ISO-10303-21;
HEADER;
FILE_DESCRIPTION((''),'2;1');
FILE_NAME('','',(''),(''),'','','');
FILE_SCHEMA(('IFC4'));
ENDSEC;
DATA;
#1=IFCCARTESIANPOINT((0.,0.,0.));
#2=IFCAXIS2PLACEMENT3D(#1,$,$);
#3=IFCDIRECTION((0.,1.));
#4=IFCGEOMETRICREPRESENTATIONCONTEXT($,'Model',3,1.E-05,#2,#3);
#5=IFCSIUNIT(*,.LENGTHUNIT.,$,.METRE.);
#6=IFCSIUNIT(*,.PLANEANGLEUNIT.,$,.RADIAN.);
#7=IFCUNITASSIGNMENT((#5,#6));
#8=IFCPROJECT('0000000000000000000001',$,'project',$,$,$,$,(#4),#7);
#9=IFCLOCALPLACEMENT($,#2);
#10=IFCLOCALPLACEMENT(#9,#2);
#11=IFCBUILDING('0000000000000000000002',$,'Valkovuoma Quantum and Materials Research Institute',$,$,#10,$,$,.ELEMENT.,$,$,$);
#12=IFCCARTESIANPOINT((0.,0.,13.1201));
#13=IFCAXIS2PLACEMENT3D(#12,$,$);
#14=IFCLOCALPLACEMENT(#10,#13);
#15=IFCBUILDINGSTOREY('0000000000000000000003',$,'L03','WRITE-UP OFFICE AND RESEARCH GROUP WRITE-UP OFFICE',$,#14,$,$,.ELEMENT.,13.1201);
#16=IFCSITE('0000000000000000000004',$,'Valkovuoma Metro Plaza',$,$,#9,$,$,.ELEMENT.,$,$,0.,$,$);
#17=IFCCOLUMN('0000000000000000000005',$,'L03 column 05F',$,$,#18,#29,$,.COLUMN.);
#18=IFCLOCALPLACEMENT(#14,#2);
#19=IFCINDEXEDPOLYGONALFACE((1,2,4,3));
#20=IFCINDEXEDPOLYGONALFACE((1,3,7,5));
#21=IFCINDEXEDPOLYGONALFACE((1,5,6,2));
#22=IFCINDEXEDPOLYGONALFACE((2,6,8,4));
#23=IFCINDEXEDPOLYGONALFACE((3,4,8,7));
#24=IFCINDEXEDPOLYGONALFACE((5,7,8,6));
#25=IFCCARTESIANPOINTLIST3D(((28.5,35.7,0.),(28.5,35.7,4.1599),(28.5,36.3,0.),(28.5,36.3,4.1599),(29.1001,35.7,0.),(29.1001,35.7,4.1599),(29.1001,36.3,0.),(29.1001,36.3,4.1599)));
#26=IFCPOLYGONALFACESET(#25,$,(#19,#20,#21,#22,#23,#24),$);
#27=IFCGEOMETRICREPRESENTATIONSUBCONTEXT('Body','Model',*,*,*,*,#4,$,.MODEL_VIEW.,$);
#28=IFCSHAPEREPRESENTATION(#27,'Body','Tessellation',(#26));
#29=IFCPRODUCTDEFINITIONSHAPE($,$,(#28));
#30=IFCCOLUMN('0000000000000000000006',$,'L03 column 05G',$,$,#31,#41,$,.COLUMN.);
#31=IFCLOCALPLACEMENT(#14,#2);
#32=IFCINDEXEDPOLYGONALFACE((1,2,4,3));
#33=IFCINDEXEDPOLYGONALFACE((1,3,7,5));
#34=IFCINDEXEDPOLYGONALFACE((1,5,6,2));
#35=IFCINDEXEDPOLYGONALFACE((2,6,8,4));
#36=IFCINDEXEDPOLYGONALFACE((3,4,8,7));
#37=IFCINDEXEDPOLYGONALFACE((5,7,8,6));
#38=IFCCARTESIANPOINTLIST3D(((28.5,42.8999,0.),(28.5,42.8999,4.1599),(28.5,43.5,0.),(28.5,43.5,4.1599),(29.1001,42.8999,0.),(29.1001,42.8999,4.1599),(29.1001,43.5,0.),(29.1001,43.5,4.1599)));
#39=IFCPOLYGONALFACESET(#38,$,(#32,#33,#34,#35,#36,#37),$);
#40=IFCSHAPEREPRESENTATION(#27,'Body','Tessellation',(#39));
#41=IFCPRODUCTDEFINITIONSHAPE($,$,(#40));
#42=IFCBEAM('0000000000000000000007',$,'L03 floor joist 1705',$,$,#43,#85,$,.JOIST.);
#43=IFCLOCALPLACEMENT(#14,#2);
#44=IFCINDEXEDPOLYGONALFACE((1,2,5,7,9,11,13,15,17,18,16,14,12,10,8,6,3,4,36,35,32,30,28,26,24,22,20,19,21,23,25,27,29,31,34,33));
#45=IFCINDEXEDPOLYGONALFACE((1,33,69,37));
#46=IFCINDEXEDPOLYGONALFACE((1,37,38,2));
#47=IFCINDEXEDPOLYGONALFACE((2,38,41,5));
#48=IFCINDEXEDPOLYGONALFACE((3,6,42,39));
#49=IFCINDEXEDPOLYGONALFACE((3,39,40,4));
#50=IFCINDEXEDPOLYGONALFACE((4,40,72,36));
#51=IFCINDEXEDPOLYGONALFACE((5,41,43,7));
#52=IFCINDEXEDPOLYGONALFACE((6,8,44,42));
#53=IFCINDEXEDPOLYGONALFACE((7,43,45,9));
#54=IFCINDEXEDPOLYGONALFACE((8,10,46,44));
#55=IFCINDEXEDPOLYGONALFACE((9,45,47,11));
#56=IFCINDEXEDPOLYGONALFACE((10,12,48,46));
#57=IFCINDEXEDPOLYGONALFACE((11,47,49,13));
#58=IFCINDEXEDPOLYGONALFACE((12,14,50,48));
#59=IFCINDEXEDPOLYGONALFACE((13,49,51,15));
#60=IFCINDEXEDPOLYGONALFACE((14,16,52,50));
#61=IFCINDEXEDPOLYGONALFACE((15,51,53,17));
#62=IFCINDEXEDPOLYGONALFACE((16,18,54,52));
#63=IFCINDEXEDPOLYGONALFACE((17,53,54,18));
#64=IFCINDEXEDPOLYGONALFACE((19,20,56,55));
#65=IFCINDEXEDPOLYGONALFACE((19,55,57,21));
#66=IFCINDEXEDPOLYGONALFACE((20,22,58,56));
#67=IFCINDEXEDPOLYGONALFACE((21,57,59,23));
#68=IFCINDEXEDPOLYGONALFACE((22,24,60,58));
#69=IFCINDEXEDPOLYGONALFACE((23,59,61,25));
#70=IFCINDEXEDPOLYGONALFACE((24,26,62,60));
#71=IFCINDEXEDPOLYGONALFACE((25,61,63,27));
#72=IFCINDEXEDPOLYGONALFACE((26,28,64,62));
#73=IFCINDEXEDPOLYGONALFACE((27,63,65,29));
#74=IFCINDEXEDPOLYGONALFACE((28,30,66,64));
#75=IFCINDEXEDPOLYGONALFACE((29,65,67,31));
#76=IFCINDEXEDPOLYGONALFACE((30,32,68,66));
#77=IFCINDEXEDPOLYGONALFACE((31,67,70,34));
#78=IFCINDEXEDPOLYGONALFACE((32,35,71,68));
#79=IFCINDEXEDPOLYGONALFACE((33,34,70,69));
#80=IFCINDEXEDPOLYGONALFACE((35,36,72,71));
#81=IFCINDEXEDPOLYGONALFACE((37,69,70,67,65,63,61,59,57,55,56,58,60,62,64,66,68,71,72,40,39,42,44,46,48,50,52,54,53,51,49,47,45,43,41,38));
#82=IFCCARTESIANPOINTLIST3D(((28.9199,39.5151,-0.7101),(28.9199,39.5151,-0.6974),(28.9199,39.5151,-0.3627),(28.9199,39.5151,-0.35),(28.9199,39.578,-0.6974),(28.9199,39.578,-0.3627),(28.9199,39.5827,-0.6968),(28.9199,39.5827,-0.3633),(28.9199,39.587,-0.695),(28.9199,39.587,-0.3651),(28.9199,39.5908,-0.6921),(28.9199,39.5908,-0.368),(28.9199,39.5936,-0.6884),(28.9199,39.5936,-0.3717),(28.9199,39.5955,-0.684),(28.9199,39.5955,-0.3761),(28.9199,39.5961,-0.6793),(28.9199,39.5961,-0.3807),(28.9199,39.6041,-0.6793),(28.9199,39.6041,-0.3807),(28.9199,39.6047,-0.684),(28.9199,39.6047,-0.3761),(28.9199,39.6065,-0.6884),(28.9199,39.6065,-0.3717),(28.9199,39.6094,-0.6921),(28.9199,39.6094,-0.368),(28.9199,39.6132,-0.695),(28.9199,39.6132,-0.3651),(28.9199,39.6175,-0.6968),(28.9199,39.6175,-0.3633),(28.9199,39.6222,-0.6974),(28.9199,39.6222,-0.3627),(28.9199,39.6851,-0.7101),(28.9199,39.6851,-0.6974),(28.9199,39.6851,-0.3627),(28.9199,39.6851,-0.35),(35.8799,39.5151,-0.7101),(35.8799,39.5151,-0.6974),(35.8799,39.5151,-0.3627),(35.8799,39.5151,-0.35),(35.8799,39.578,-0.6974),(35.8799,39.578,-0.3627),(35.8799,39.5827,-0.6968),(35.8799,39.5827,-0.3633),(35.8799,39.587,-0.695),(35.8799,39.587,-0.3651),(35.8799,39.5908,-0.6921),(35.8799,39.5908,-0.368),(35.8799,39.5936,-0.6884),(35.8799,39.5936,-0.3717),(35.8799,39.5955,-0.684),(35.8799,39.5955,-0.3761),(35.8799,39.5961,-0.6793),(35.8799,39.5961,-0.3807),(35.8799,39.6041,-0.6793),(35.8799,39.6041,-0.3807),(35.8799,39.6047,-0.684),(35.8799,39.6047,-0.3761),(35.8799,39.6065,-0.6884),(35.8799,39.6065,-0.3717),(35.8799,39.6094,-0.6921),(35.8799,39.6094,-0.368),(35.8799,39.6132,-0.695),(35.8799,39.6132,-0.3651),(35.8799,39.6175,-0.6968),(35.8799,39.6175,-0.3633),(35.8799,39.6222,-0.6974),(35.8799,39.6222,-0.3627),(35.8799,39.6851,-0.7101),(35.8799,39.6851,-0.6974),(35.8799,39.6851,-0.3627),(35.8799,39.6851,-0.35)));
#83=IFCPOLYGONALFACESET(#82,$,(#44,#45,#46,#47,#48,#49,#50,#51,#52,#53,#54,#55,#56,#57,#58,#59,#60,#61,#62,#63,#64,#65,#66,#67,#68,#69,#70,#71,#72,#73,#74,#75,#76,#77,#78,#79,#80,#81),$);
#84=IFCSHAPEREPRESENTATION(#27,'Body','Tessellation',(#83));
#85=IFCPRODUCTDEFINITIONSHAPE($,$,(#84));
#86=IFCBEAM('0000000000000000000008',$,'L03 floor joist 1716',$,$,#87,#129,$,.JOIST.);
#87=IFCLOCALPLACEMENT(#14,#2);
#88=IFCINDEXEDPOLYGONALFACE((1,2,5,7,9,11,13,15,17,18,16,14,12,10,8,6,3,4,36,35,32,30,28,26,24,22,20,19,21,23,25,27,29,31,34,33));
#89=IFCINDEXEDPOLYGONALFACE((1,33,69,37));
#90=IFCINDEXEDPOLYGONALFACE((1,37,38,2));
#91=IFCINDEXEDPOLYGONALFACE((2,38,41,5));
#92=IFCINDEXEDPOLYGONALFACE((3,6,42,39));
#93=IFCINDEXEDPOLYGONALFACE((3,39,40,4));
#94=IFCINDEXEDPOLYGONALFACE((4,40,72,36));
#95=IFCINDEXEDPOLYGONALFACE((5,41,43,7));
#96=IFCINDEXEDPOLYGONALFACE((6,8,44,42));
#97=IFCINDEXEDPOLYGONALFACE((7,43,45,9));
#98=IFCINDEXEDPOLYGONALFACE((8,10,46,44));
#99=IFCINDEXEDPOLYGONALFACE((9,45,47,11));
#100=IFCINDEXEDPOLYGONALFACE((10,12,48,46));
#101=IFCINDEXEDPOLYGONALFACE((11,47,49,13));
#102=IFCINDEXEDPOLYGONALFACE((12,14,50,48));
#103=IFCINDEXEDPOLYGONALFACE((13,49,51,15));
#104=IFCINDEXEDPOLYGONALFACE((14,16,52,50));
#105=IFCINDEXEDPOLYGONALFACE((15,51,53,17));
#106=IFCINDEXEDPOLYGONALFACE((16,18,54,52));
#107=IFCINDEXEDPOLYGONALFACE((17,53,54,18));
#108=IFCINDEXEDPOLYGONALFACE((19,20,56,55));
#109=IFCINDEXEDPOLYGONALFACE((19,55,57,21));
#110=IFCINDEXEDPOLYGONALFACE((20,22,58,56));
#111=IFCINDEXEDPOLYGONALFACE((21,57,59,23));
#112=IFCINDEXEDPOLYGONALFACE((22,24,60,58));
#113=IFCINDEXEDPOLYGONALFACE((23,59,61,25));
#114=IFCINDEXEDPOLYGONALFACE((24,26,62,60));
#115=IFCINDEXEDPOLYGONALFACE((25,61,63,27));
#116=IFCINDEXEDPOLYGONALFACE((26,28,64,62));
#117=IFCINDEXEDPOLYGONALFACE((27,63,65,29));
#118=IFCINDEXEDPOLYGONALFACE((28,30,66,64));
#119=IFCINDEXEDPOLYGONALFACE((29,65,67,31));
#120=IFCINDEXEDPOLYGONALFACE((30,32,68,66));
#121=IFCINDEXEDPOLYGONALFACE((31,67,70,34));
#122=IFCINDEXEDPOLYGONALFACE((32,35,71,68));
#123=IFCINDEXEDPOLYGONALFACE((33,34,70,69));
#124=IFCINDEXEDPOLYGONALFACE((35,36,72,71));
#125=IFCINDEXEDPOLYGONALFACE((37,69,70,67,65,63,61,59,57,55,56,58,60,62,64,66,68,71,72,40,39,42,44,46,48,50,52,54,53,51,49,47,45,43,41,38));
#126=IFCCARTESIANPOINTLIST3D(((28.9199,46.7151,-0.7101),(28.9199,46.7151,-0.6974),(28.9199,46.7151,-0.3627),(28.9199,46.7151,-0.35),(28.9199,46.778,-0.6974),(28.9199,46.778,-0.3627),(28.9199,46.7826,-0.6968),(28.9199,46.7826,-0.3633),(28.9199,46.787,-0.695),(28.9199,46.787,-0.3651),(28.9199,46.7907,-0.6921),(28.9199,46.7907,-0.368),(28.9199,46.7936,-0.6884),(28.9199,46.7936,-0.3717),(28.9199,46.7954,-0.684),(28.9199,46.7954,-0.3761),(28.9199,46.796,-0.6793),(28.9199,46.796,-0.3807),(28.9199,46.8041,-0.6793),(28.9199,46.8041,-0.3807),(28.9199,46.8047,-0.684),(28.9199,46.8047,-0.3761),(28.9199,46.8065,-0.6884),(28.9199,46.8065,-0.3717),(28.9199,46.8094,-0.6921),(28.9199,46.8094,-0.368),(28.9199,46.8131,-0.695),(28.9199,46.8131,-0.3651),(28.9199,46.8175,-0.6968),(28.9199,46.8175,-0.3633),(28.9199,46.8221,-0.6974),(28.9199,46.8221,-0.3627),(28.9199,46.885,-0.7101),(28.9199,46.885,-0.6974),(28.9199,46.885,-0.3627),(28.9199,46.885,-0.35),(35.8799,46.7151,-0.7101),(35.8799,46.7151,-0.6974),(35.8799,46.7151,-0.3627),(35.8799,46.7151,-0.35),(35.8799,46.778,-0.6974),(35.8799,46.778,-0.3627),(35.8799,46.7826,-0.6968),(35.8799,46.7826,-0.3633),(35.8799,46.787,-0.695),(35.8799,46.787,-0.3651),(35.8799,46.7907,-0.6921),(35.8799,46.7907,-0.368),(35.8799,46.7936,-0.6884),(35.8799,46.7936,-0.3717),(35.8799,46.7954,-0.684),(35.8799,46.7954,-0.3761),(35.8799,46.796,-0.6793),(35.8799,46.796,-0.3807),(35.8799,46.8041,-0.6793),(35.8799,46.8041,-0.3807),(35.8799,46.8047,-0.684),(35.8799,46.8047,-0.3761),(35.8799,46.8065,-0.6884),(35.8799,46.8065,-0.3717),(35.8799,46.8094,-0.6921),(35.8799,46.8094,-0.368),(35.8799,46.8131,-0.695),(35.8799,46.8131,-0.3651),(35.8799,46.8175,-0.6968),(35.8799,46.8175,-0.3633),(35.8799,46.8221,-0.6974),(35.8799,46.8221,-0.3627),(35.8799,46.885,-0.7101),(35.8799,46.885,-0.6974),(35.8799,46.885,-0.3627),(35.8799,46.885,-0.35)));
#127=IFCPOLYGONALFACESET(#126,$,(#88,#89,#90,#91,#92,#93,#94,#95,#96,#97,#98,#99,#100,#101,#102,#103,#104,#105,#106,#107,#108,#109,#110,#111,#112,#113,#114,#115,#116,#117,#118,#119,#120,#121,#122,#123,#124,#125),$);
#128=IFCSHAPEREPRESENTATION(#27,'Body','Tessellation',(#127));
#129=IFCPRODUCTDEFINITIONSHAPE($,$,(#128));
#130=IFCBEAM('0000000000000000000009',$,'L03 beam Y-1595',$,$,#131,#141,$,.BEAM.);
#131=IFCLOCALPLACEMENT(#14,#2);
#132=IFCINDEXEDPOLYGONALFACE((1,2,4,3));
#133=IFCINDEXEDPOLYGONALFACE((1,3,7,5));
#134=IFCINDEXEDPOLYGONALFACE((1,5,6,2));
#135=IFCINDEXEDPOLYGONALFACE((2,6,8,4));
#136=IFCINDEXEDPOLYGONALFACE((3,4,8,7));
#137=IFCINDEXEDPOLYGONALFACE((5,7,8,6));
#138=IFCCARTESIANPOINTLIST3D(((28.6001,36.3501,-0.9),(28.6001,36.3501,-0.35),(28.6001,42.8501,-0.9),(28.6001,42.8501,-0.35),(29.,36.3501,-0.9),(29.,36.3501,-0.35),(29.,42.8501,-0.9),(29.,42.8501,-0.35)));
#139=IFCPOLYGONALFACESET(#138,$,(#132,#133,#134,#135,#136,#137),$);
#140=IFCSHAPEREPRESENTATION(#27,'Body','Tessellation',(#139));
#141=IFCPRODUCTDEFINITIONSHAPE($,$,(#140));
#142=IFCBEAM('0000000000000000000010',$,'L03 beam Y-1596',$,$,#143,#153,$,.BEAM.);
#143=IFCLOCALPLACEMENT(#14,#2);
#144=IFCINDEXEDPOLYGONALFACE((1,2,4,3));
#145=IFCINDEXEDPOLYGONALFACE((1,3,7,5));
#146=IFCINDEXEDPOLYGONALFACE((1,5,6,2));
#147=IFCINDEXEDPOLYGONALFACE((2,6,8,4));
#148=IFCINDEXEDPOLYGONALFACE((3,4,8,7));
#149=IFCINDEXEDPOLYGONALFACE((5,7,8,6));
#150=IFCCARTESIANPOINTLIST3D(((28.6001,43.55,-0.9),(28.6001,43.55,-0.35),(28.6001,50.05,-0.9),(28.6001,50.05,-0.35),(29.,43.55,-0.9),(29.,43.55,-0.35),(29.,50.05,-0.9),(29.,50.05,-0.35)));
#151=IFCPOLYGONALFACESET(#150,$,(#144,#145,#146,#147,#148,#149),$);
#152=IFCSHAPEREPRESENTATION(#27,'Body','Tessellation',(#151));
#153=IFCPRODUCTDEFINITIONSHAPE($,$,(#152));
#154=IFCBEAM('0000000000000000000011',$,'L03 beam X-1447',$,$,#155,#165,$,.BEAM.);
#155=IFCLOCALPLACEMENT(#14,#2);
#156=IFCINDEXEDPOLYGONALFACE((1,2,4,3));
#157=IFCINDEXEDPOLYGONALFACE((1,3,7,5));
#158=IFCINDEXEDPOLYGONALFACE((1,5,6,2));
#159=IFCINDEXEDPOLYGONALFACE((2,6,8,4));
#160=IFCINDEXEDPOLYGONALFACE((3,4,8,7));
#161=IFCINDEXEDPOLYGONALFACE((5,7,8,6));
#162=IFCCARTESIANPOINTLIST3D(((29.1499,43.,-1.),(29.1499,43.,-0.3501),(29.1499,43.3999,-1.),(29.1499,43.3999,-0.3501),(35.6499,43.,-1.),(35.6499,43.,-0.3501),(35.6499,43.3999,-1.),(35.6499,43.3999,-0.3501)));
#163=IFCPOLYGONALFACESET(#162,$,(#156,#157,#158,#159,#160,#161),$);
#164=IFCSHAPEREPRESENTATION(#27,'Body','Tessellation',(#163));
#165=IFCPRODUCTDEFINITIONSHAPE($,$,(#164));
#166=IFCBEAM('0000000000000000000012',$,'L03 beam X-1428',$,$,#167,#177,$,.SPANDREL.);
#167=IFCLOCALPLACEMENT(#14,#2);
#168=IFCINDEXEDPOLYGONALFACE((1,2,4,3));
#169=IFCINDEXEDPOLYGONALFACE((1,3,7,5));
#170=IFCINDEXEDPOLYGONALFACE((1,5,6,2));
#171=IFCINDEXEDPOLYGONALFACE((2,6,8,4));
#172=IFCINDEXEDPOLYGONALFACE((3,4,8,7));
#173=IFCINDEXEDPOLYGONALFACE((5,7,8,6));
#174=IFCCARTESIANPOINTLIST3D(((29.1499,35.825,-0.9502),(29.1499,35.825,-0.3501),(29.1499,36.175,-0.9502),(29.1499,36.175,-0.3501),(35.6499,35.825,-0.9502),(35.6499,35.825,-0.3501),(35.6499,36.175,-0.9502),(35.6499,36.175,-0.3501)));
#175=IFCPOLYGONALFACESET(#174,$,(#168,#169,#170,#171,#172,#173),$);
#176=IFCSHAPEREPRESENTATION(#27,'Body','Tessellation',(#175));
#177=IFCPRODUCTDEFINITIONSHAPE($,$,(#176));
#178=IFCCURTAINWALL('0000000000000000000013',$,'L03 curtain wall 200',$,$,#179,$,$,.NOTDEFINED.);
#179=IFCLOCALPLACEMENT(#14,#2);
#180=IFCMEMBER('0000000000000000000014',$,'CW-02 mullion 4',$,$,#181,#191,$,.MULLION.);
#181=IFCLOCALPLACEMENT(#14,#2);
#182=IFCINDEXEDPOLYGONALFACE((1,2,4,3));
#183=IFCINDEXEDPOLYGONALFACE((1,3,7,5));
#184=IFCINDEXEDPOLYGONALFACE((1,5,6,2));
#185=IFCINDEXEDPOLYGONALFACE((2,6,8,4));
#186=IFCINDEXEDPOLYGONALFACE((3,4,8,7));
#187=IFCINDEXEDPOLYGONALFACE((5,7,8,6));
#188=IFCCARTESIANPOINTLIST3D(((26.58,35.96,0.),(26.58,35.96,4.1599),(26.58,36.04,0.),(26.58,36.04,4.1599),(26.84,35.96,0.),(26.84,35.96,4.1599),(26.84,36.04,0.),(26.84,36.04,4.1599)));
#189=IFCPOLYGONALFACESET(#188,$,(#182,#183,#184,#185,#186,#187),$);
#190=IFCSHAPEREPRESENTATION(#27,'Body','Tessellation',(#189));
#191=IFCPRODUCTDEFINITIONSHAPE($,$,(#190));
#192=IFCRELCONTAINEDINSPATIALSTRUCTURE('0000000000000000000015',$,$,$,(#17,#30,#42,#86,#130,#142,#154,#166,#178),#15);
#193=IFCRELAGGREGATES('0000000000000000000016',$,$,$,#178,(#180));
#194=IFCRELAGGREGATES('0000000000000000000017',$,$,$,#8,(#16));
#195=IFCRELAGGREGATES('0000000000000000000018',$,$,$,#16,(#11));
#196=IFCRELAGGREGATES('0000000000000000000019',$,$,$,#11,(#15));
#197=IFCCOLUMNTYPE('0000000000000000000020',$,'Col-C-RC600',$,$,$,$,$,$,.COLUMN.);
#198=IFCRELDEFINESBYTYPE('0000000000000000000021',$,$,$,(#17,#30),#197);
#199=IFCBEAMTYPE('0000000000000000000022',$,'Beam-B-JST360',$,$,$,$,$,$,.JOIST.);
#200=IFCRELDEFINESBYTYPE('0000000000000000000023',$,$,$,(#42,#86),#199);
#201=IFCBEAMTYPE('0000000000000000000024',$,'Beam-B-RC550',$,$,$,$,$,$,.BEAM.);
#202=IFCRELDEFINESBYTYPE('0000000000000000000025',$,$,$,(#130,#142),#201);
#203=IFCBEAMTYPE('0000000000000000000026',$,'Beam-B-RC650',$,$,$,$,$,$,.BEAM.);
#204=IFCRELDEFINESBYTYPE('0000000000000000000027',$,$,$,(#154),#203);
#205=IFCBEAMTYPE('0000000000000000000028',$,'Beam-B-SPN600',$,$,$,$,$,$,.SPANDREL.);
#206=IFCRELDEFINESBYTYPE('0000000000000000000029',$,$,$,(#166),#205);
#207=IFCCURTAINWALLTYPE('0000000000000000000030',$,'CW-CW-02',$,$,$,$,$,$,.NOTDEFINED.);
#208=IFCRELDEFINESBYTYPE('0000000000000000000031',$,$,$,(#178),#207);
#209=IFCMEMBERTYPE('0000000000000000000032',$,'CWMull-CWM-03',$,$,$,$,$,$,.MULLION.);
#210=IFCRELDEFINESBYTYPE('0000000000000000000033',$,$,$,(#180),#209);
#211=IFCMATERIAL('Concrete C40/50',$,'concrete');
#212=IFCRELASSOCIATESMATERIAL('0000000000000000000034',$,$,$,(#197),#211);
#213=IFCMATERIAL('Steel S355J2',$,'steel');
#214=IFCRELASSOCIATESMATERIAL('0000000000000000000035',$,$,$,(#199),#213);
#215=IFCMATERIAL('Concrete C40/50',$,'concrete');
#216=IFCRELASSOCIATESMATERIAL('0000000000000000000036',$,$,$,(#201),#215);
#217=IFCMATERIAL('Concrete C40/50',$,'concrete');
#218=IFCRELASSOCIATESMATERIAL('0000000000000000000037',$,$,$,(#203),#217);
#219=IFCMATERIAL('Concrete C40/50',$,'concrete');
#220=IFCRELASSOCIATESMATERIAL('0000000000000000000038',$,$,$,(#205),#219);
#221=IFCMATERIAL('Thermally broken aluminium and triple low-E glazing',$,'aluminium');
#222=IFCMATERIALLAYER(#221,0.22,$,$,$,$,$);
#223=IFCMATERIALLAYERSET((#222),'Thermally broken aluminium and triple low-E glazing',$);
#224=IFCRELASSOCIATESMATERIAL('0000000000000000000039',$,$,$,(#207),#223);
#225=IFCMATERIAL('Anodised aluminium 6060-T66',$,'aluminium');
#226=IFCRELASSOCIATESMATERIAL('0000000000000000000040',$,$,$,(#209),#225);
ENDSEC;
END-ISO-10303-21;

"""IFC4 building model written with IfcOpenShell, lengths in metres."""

from ifc_helpers import new_model, si_unit, direction, frame, origin, origin_2d, place, context, subcontext, project, spatial, rectangle, i_section, extrude, material, layer, layer_set, material_profile, profile_set, type_object, element, aggregate, save


model = new_model("IFC4")

# Units and contexts
model_context = context("Model", 3, precision=1e-05, world=origin(), true_north=direction((0.0, 1.0)))
body_context = subcontext(model_context, "Body", "Model", "MODEL_VIEW")
ifc_project = project(units=[si_unit("LENGTHUNIT", "METRE"), si_unit("PLANEANGLEUNIT", "RADIAN")], contexts=[model_context])

# Site, building, storey
site_placement = place(None, origin())
site = spatial("IfcSite", under=ifc_project, at=site_placement, Name="Valkovuoma Metro Plaza", CompositionType="ELEMENT", RefElevation=0.0)
building_placement = place(site_placement, origin())
building = spatial("IfcBuilding", under=site, at=building_placement, Name="Valkovuoma Quantum and Materials Research Institute", CompositionType="ELEMENT")
storey_placement = place(building_placement, frame((0.0, 0.0, 13.1201)))
storey = spatial("IfcBuildingStorey", under=building, at=storey_placement, Name="L03", Description="WRITE-UP OFFICE AND RESEARCH GROUP WRITE-UP OFFICE", CompositionType="ELEMENT", Elevation=13.1201)

# Columns
ifc_material_1 = material(Name="Concrete C40/50", Category="concrete")
ifc_material_profile_1 = material_profile(ifc_material_1, rectangle(XDim=0.6001, YDim=0.6001, at=origin_2d()), Name="Concrete C40/50")
ifc_profile_set_1 = profile_set([ifc_material_profile_1], Name="Concrete C40/50")
column_type = type_object("IfcColumnType", Name="Col-C-RC600", PredefinedType="COLUMN", material=ifc_profile_set_1)
for number, where, z_axis, x_axis, name in (
    (1, (28.8, 36.0, 0.0), (0.0, 0.0, 1.0), (1.0, 0.0, 0.0), "L03 column 05F"),
    (2, (28.8, 43.2, 0.0), (0.0, 0.0, 1.0), (1.0, 0.0, 0.0), "L03 column 05G"),
):
    element("IfcColumn", number, at=place(storey_placement, frame(where, z_axis=z_axis, x_axis=x_axis)), inside=storey, type_object=column_type, Name=name, PredefinedType="COLUMN", context=body_context, shape_type="SweptSolid", body=[
        extrude(rectangle(XDim=0.6001, YDim=0.6001, at=origin_2d()), origin(), (0.0, 0.0, 1.0), 4.1599),
    ])

# Beams
ifc_material_2 = material(Name="Steel S355J2", Category="steel")
ifc_material_profile_2 = material_profile(ifc_material_2, i_section(OverallWidth=0.1699, OverallDepth=0.3601, WebThickness=0.0081, FlangeThickness=0.0127, FilletRadius=0.0181, at=origin_2d()), Name="Steel S355J2")
ifc_profile_set_2 = profile_set([ifc_material_profile_2], Name="Steel S355J2")
beam_type_1 = type_object("IfcBeamType", Name="Beam-B-JST360", PredefinedType="JOIST", material=ifc_profile_set_2)
for number, where, z_axis, x_axis, name in (
    (3, (28.9199, 39.6001, -0.53), (1.0, 0.0, 0.0), (0.0, 1.0, 0.0), "L03 floor joist 1705"),
    (4, (28.9199, 46.8, -0.53), (1.0, 0.0, 0.0), (0.0, 1.0, 0.0), "L03 floor joist 1716"),
):
    element("IfcBeam", number, at=place(storey_placement, frame(where, z_axis=z_axis, x_axis=x_axis)), inside=storey, type_object=beam_type_1, Name=name, PredefinedType="JOIST", context=body_context, shape_type="SweptSolid", body=[
        extrude(i_section(OverallWidth=0.1699, OverallDepth=0.3601, WebThickness=0.0081, FlangeThickness=0.0127, FilletRadius=0.0181, at=origin_2d()), origin(), (0.0, 0.0, 1.0), 6.96),
    ])
ifc_material_3 = material(Name="Concrete C40/50", Category="concrete")
ifc_material_profile_3 = material_profile(ifc_material_3, rectangle(XDim=0.3999, YDim=0.55, at=origin_2d()), Name="Concrete C40/50")
ifc_profile_set_3 = profile_set([ifc_material_profile_3], Name="Concrete C40/50")
beam_type_2 = type_object("IfcBeamType", Name="Beam-B-RC550", PredefinedType="BEAM", material=ifc_profile_set_3)
for number, where, z_axis, x_axis, name in (
    (5, (28.8, 36.3501, -0.625), (0.0, 1.0, 0.0), (-1.0, 0.0, 0.0), "L03 beam Y-1595"),
    (6, (28.8, 43.55, -0.625), (0.0, 1.0, 0.0), (-1.0, 0.0, 0.0), "L03 beam Y-1596"),
):
    element("IfcBeam", number, at=place(storey_placement, frame(where, z_axis=z_axis, x_axis=x_axis)), inside=storey, type_object=beam_type_2, Name=name, PredefinedType="BEAM", context=body_context, shape_type="SweptSolid", body=[
        extrude(rectangle(XDim=0.3999, YDim=0.55, at=origin_2d()), origin(), (0.0, 0.0, 1.0), 6.5),
    ])
ifc_material_4 = material(Name="Concrete C40/50", Category="concrete")
ifc_material_profile_4 = material_profile(ifc_material_4, rectangle(XDim=0.3999, YDim=0.6499, at=origin_2d()), Name="Concrete C40/50")
ifc_profile_set_4 = profile_set([ifc_material_profile_4], Name="Concrete C40/50")
beam_type_3 = type_object("IfcBeamType", Name="Beam-B-RC650", PredefinedType="BEAM", material=ifc_profile_set_4)
beam_1_placement = place(storey_placement, frame((29.1499, 43.2, -0.675), z_axis=(1.0, 0.0, 0.0), x_axis=(0.0, 1.0, 0.0)))
element("IfcBeam", 7, at=beam_1_placement, inside=storey, type_object=beam_type_3, Name="L03 beam X-1447", PredefinedType="BEAM", context=body_context, shape_type="SweptSolid", body=[
    extrude(rectangle(XDim=0.3999, YDim=0.6499, at=origin_2d()), origin(), (0.0, 0.0, 1.0), 6.5),
])
ifc_material_5 = material(Name="Concrete C40/50", Category="concrete")
ifc_material_profile_5 = material_profile(ifc_material_5, rectangle(XDim=0.3501, YDim=0.6001, at=origin_2d()), Name="Concrete C40/50")
ifc_profile_set_5 = profile_set([ifc_material_profile_5], Name="Concrete C40/50")
beam_type_4 = type_object("IfcBeamType", Name="Beam-B-SPN600", PredefinedType="SPANDREL", material=ifc_profile_set_5)
beam_2_placement = place(storey_placement, frame((29.1499, 36.0, -0.6501), z_axis=(1.0, 0.0, 0.0), x_axis=(0.0, 1.0, 0.0)))
element("IfcBeam", 8, at=beam_2_placement, inside=storey, type_object=beam_type_4, Name="L03 beam X-1428", PredefinedType="SPANDREL", context=body_context, shape_type="SweptSolid", body=[
    extrude(rectangle(XDim=0.3501, YDim=0.6001, at=origin_2d()), origin(), (0.0, 0.0, 1.0), 6.5),
])

# Curtain wall, member
ifc_material_6 = material(Name="Thermally broken aluminium and triple low-E glazing", Category="aluminium")
ifc_layer_1 = layer(ifc_material_6, 0.22)
ifc_layer_set_1 = layer_set([ifc_layer_1], Name="Thermally broken aluminium and triple low-E glazing")
curtain_wall_type = type_object("IfcCurtainWallType", Name="CW-CW-02", PredefinedType="NOTDEFINED", material=ifc_layer_set_1)
curtain_wall_1_placement = place(storey_placement, origin())
curtain_wall_1 = element("IfcCurtainWall", 9, at=curtain_wall_1_placement, inside=storey, type_object=curtain_wall_type, Name="L03 curtain wall 200", PredefinedType="NOTDEFINED")
ifc_material_7 = material(Name="Anodised aluminium 6060-T66", Category="aluminium")
ifc_material_profile_6 = material_profile(ifc_material_7, rectangle(XDim=0.0801, YDim=0.26, at=origin_2d()), Name="Anodised aluminium 6060-T66")
ifc_profile_set_6 = profile_set([ifc_material_profile_6], Name="Anodised aluminium 6060-T66")
member_type_1 = type_object("IfcMemberType", Name="CWMull-CWM-03", PredefinedType="MULLION", material=ifc_profile_set_6)
member_1_placement = place(storey_placement, frame((26.71, 36.0, 0.0), z_axis=(0.0, 0.0, 1.0), x_axis=(0.0, 1.0, 0.0)))
member_1 = element("IfcMember", 10, at=member_1_placement, type_object=member_type_1, Name="CW-02 mullion 4", PredefinedType="MULLION", context=body_context, shape_type="SweptSolid", body=[
    extrude(rectangle(XDim=0.0801, YDim=0.26, at=origin_2d()), origin(), (0.0, 0.0, 1.0), 4.1599),
])

aggregate(curtain_wall_1, [member_1])

save(model, "model.ifc")
